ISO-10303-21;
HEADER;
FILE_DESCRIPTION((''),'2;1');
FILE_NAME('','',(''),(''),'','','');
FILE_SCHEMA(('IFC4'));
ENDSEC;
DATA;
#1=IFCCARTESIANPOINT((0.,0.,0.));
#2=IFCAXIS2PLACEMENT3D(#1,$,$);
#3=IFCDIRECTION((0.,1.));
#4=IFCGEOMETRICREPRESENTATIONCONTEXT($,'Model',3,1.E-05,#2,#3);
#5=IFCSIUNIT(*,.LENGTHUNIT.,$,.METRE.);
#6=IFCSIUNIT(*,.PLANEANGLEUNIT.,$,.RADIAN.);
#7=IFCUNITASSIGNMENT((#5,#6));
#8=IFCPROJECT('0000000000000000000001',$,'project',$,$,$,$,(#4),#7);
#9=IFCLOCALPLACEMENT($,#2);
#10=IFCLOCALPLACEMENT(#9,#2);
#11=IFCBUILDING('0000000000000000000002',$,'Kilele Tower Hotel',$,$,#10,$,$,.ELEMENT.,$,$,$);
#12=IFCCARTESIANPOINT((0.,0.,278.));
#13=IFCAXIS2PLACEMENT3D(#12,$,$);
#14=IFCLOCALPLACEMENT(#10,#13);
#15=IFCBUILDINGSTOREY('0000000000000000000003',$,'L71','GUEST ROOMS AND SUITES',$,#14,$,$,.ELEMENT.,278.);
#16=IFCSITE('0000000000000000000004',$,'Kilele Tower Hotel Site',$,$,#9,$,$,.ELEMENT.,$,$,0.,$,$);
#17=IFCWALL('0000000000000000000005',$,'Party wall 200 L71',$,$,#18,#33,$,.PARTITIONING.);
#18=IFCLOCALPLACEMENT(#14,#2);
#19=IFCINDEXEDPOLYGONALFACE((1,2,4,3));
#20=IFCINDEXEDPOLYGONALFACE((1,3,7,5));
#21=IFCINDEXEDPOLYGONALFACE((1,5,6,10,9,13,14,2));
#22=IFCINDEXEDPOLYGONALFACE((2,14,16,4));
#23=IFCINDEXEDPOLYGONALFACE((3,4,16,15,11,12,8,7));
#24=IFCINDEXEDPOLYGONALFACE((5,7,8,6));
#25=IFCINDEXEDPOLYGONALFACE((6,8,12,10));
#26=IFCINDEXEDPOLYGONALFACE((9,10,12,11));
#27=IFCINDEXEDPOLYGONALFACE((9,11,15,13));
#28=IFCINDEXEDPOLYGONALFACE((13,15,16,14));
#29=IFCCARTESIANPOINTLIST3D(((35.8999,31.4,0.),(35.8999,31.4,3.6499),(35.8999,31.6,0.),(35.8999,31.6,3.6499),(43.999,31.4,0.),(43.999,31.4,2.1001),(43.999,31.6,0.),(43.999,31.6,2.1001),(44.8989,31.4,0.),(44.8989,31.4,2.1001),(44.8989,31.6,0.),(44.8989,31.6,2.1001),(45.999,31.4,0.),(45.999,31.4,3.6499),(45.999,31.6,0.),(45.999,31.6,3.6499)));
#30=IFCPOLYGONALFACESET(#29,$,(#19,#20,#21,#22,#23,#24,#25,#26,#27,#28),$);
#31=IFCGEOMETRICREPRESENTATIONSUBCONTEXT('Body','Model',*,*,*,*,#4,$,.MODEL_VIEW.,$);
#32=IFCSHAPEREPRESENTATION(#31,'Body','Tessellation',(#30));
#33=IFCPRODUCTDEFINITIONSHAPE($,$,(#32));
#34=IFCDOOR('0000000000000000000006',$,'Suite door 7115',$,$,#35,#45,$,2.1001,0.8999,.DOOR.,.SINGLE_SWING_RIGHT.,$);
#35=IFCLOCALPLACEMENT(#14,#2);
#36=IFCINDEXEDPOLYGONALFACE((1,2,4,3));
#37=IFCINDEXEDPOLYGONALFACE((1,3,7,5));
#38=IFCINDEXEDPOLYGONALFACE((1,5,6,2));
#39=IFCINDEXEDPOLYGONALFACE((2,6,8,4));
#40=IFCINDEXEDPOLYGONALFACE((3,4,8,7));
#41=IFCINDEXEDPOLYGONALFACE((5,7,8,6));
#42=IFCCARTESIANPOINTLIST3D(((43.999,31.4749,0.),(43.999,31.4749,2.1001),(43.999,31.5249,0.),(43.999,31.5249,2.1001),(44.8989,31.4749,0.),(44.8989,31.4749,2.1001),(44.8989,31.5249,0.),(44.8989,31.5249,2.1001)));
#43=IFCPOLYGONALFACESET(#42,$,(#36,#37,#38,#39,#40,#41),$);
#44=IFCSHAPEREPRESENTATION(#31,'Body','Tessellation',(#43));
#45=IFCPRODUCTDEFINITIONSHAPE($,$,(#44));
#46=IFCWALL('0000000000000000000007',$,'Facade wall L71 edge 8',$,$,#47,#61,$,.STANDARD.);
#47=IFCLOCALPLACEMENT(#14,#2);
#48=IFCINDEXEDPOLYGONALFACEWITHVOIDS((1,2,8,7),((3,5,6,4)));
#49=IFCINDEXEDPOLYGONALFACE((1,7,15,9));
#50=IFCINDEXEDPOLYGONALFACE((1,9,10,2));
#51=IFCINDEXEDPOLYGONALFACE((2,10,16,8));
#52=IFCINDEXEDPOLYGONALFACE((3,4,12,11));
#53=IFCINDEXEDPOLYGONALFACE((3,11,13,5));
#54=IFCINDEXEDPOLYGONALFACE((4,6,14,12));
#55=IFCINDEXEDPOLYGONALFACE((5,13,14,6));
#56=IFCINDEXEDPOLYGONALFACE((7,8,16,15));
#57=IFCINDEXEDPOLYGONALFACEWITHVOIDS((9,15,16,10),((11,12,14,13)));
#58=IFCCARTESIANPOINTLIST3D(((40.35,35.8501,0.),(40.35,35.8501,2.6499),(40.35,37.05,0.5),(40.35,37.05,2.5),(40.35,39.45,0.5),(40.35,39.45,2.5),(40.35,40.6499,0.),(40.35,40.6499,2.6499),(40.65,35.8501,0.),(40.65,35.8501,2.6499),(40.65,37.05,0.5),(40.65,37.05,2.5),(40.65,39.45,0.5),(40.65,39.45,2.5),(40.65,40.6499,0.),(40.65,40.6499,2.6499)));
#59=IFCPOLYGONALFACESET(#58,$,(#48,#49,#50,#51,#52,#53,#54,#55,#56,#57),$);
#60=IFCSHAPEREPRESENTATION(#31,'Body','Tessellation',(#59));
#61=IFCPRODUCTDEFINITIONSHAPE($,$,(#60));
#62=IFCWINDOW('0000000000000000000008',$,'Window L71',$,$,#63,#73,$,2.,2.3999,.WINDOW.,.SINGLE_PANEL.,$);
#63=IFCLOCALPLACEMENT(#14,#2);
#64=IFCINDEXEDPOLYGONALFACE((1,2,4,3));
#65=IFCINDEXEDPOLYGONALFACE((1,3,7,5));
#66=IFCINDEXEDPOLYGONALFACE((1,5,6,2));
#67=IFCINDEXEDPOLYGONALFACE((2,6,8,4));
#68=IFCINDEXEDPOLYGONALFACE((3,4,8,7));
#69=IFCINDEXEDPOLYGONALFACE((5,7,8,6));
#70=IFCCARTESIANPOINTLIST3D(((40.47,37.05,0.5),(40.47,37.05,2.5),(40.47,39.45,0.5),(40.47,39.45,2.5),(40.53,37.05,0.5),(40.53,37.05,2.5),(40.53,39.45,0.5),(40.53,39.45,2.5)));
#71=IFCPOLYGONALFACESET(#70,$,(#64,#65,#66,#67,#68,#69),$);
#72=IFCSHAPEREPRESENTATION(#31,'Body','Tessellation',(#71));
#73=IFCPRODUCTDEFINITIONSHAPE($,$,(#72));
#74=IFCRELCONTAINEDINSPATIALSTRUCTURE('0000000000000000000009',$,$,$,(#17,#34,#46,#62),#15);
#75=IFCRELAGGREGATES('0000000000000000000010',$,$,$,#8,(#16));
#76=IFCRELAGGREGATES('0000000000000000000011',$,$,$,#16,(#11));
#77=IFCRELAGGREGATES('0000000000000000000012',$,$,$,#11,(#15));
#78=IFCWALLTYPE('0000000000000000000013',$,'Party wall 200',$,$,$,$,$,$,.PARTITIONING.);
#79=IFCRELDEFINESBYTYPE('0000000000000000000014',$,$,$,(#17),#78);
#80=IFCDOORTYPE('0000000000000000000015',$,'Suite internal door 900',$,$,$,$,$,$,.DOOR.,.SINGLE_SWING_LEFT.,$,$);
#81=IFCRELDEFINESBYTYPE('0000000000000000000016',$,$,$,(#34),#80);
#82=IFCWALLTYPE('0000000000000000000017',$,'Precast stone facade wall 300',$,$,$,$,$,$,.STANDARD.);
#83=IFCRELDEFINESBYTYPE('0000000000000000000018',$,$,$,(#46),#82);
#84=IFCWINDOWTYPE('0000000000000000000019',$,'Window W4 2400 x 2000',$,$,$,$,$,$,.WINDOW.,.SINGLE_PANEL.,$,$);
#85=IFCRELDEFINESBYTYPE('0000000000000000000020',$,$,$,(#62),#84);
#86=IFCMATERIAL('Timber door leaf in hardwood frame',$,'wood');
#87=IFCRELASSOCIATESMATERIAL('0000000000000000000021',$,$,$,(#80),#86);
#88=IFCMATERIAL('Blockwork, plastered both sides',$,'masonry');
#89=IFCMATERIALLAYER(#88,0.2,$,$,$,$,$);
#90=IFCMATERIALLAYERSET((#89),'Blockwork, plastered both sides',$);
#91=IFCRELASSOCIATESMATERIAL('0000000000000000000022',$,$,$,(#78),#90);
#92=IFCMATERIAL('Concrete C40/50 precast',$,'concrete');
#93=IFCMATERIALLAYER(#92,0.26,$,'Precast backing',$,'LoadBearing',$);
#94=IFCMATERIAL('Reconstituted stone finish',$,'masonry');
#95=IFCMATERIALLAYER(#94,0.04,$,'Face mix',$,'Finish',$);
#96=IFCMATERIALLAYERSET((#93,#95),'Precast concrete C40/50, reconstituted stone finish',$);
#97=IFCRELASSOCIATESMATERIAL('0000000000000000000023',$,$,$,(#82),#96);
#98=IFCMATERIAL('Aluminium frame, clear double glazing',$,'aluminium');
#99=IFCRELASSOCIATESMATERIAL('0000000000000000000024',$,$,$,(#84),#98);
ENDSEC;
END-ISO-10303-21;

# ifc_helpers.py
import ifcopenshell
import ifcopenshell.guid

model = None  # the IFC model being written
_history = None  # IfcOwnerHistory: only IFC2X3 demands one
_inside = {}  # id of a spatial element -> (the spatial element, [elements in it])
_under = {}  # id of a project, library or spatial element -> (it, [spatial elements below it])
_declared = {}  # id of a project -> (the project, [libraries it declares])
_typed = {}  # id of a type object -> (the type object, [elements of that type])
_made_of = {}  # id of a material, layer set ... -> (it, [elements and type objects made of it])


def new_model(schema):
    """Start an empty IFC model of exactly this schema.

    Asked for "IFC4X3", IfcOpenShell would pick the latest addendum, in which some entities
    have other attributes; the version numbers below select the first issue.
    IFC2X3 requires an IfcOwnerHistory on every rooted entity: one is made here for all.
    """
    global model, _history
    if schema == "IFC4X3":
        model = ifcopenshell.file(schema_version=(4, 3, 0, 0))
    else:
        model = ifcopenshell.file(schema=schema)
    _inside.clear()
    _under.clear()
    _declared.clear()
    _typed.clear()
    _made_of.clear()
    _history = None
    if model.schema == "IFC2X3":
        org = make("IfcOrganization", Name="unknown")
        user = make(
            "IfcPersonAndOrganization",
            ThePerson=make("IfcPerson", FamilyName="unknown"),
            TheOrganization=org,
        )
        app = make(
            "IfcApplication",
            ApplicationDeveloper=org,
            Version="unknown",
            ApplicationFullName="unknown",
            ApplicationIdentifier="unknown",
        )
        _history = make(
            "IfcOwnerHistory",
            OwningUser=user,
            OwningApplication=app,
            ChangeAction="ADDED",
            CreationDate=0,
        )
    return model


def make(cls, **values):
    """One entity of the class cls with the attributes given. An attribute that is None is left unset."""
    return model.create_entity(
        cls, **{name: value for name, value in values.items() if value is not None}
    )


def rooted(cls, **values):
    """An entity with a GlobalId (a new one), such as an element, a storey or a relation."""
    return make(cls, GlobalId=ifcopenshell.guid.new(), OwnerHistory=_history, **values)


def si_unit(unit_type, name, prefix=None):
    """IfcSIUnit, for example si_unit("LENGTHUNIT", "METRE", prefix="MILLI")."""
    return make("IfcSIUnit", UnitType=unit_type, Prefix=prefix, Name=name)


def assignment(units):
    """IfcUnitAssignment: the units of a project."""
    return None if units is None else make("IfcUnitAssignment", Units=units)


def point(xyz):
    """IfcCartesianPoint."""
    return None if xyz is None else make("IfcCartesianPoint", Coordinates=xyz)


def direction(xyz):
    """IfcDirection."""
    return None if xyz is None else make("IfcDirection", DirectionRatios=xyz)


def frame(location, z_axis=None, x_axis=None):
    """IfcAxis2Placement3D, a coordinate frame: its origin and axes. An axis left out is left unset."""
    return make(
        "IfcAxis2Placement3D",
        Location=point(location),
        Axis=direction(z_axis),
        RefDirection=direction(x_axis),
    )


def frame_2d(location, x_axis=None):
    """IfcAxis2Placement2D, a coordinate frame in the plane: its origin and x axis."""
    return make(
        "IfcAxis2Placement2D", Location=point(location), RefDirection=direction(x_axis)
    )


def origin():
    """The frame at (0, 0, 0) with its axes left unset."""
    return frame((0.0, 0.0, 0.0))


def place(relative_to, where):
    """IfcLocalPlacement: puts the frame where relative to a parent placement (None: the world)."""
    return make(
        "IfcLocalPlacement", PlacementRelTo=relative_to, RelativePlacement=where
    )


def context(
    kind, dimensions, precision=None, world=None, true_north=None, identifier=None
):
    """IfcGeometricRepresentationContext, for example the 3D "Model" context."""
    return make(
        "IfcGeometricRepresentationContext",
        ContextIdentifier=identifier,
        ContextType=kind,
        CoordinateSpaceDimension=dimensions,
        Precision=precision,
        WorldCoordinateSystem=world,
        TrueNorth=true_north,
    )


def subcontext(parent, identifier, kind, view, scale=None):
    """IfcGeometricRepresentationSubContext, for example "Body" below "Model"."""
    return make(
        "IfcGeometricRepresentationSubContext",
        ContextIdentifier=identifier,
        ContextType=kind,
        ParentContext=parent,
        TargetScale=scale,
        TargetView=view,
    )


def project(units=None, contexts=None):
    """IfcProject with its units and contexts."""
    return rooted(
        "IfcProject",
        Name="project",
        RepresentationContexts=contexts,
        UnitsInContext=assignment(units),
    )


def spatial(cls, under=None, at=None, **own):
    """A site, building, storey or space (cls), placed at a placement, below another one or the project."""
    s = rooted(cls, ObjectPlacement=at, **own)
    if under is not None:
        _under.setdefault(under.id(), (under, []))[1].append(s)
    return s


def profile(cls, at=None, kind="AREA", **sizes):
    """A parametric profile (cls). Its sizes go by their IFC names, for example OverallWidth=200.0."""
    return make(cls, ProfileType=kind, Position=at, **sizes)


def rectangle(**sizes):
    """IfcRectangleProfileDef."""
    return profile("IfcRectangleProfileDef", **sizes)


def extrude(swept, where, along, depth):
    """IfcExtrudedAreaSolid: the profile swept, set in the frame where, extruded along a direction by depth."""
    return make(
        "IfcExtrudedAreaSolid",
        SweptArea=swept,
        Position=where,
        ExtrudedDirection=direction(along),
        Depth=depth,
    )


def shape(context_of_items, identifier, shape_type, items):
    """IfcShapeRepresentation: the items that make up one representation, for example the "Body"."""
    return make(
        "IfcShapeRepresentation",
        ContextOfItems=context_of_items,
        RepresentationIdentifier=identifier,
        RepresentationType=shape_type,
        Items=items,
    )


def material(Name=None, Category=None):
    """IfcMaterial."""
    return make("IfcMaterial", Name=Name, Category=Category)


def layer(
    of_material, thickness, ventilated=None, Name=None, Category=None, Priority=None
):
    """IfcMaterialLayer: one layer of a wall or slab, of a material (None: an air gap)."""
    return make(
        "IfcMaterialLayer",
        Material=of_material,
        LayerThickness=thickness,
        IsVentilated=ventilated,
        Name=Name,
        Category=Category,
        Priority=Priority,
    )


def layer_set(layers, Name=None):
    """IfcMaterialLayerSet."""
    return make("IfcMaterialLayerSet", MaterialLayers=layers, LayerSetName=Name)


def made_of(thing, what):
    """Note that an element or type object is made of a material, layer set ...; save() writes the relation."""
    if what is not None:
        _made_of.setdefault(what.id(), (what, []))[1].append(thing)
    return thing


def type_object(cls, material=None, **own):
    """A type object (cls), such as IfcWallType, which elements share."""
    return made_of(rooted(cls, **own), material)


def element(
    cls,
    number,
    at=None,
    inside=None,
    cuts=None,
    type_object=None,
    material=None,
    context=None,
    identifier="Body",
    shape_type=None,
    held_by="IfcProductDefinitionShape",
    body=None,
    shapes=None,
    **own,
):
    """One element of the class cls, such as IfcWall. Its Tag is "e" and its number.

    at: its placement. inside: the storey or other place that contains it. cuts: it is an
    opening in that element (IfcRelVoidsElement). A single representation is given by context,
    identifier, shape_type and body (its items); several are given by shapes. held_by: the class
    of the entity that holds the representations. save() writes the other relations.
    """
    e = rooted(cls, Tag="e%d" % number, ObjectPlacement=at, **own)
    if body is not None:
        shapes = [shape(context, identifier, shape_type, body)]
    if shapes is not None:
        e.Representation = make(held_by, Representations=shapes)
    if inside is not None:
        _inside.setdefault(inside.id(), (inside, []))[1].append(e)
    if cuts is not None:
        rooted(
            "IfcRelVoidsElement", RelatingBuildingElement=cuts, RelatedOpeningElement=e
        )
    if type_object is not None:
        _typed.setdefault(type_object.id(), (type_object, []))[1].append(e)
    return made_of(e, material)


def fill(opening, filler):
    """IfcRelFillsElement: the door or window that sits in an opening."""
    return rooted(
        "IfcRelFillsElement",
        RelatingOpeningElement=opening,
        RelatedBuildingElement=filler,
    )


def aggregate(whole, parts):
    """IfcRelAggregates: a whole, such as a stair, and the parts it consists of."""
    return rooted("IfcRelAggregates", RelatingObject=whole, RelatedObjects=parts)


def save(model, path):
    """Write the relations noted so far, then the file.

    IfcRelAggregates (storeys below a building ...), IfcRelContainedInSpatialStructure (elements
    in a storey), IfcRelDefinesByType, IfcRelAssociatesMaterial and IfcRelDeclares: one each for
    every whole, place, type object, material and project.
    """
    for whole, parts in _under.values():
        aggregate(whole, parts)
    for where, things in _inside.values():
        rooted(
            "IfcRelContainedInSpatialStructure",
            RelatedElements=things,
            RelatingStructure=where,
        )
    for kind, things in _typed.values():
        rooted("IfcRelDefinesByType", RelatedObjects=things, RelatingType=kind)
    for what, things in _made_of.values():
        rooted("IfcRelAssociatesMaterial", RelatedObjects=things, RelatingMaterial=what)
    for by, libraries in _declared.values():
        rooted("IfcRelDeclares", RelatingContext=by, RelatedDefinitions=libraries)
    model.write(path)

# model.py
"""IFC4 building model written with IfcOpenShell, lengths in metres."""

from ifc_helpers import new_model, si_unit, direction, frame, frame_2d, origin, place, context, subcontext, project, spatial, rectangle, extrude, material, layer, layer_set, type_object, element, fill, save


model = new_model("IFC4")

# Units and contexts
model_context = context("Model", 3, precision=1e-05, world=origin(), true_north=direction((0.0, 1.0)))
body_context = subcontext(model_context, "Body", "Model", "MODEL_VIEW")
ifc_project = project(units=[si_unit("LENGTHUNIT", "METRE"), si_unit("PLANEANGLEUNIT", "RADIAN")], contexts=[model_context])

# Site, building, storey
site_placement = place(None, origin())
site = spatial("IfcSite", under=ifc_project, at=site_placement, Name="Kilele Tower Hotel Site", CompositionType="ELEMENT", RefElevation=0.0)
building_placement = place(site_placement, origin())
building = spatial("IfcBuilding", under=site, at=building_placement, Name="Kilele Tower Hotel", CompositionType="ELEMENT")
storey_placement = place(building_placement, frame((0.0, 0.0, 278.0)))
storey = spatial("IfcBuildingStorey", under=building, at=storey_placement, Name="L71", Description="GUEST ROOMS AND SUITES", CompositionType="ELEMENT", Elevation=278.0)

# Shared definitions
ifc_material_1 = material(Name="Timber door leaf in hardwood frame", Category="wood")
door_type_1 = type_object("IfcDoorType", Name="Suite internal door 900", OperationType="SINGLE_SWING_LEFT", PredefinedType="DOOR", material=ifc_material_1)

# Shared definitions
ifc_material_2 = material(Name="Blockwork, plastered both sides", Category="masonry")
ifc_layer_1 = layer(ifc_material_2, 0.2)
ifc_layer_set_1 = layer_set([ifc_layer_1], Name="Blockwork, plastered both sides")
wall_type_1 = type_object("IfcWallType", Name="Party wall 200", PredefinedType="PARTITIONING", material=ifc_layer_set_1)

# Wall, opening, door
wall_1_placement = place(storey_placement, frame((35.8999, 31.5, 0.0), z_axis=(0.0, 0.0, 1.0), x_axis=(1.0, 0.0, 0.0)))
wall_1 = element("IfcWall", 1, at=wall_1_placement, inside=storey, type_object=wall_type_1, Name="Party wall 200 L71", PredefinedType="PARTITIONING", context=body_context, shape_type="SweptSolid", body=[
    extrude(rectangle(XDim=10.0991, YDim=0.2, at=frame_2d((5.0496, 0.0))), origin(), (0.0, 0.0, 1.0), 3.6499),
])
opening_1_placement = place(wall_1_placement, frame((8.0991, 0.0, 0.0)))
opening_1 = element("IfcOpeningElement", 2, at=opening_1_placement, cuts=wall_1, PredefinedType="OPENING", context=body_context, shape_type="SweptSolid", body=[
    extrude(rectangle(XDim=0.8999, YDim=2.1001, at=frame_2d((0.45, 1.05))), frame((0.0, 0.1099, 0.0), z_axis=(0.0, -1.0, 0.0), x_axis=(1.0, 0.0, 0.0)), (0.0, 0.0, 1.0), 0.22),
])
door_1_placement = place(opening_1_placement, origin())
door_1 = element("IfcDoor", 3, at=door_1_placement, inside=storey, type_object=door_type_1, Name="Suite door 7115", OperationType="SINGLE_SWING_RIGHT", OverallHeight=2.1001, OverallWidth=0.8999, PredefinedType="DOOR", context=body_context, shape_type="SweptSolid", body=[
    extrude(rectangle(XDim=0.8999, YDim=2.1001, at=frame_2d((0.45, 1.05))), frame((0.0, 0.0249, 0.0), z_axis=(0.0, -1.0, 0.0), x_axis=(1.0, 0.0, 0.0)), (0.0, 0.0, 1.0), 0.05),
])
fill(opening_1, door_1)

# Wall, opening, window
ifc_material_3 = material(Name="Concrete C40/50 precast", Category="concrete")
ifc_layer_2 = layer(ifc_material_3, 0.26, Name="Precast backing", Category="LoadBearing")
ifc_material_4 = material(Name="Reconstituted stone finish", Category="masonry")
ifc_layer_3 = layer(ifc_material_4, 0.04, Name="Face mix", Category="Finish")
ifc_layer_set_2 = layer_set([ifc_layer_2, ifc_layer_3], Name="Precast concrete C40/50, reconstituted stone finish")
wall_type_2 = type_object("IfcWallType", Name="Precast stone facade wall 300", PredefinedType="STANDARD", material=ifc_layer_set_2)
wall_2_placement = place(storey_placement, frame((40.5, 35.8501, 0.0), z_axis=(0.0, 0.0, 1.0), x_axis=(0.0, 1.0, 0.0)))
wall_2 = element("IfcWall", 4, at=wall_2_placement, inside=storey, type_object=wall_type_2, Name="Facade wall L71 edge 8", PredefinedType="STANDARD", context=body_context, shape_type="SweptSolid", body=[
    extrude(rectangle(XDim=4.7998, YDim=0.3, at=frame_2d((2.3999, 0.0))), origin(), (0.0, 0.0, 1.0), 2.6499),
])
opening_2_placement = place(wall_2_placement, frame((1.2, 0.0, 0.5)))
opening_2 = element("IfcOpeningElement", 5, at=opening_2_placement, cuts=wall_2, PredefinedType="OPENING", context=body_context, shape_type="SweptSolid", body=[
    extrude(rectangle(XDim=2.3999, YDim=2.0, at=frame_2d((1.2, 1.0))), frame((0.0, 0.1599, 0.0), z_axis=(0.0, -1.0, 0.0), x_axis=(1.0, 0.0, 0.0)), (0.0, 0.0, 1.0), 0.3201),
])
ifc_material_5 = material(Name="Aluminium frame, clear double glazing", Category="aluminium")
window_type = type_object("IfcWindowType", Name="Window W4 2400 x 2000", PartitioningType="SINGLE_PANEL", PredefinedType="WINDOW", material=ifc_material_5)
window_placement = place(opening_2_placement, origin())
window = element("IfcWindow", 6, at=window_placement, inside=storey, type_object=window_type, Name="Window L71", OverallHeight=2.0, OverallWidth=2.3999, PartitioningType="SINGLE_PANEL", PredefinedType="WINDOW", context=body_context, shape_type="SweptSolid", body=[
    extrude(rectangle(XDim=2.3999, YDim=2.0, at=frame_2d((1.2, 1.0))), frame((0.0, 0.03, 0.0), z_axis=(0.0, -1.0, 0.0), x_axis=(1.0, 0.0, 0.0)), (0.0, 0.0, 1.0), 0.0601),
])
fill(opening_2, window)

save(model, "model.ifc")
